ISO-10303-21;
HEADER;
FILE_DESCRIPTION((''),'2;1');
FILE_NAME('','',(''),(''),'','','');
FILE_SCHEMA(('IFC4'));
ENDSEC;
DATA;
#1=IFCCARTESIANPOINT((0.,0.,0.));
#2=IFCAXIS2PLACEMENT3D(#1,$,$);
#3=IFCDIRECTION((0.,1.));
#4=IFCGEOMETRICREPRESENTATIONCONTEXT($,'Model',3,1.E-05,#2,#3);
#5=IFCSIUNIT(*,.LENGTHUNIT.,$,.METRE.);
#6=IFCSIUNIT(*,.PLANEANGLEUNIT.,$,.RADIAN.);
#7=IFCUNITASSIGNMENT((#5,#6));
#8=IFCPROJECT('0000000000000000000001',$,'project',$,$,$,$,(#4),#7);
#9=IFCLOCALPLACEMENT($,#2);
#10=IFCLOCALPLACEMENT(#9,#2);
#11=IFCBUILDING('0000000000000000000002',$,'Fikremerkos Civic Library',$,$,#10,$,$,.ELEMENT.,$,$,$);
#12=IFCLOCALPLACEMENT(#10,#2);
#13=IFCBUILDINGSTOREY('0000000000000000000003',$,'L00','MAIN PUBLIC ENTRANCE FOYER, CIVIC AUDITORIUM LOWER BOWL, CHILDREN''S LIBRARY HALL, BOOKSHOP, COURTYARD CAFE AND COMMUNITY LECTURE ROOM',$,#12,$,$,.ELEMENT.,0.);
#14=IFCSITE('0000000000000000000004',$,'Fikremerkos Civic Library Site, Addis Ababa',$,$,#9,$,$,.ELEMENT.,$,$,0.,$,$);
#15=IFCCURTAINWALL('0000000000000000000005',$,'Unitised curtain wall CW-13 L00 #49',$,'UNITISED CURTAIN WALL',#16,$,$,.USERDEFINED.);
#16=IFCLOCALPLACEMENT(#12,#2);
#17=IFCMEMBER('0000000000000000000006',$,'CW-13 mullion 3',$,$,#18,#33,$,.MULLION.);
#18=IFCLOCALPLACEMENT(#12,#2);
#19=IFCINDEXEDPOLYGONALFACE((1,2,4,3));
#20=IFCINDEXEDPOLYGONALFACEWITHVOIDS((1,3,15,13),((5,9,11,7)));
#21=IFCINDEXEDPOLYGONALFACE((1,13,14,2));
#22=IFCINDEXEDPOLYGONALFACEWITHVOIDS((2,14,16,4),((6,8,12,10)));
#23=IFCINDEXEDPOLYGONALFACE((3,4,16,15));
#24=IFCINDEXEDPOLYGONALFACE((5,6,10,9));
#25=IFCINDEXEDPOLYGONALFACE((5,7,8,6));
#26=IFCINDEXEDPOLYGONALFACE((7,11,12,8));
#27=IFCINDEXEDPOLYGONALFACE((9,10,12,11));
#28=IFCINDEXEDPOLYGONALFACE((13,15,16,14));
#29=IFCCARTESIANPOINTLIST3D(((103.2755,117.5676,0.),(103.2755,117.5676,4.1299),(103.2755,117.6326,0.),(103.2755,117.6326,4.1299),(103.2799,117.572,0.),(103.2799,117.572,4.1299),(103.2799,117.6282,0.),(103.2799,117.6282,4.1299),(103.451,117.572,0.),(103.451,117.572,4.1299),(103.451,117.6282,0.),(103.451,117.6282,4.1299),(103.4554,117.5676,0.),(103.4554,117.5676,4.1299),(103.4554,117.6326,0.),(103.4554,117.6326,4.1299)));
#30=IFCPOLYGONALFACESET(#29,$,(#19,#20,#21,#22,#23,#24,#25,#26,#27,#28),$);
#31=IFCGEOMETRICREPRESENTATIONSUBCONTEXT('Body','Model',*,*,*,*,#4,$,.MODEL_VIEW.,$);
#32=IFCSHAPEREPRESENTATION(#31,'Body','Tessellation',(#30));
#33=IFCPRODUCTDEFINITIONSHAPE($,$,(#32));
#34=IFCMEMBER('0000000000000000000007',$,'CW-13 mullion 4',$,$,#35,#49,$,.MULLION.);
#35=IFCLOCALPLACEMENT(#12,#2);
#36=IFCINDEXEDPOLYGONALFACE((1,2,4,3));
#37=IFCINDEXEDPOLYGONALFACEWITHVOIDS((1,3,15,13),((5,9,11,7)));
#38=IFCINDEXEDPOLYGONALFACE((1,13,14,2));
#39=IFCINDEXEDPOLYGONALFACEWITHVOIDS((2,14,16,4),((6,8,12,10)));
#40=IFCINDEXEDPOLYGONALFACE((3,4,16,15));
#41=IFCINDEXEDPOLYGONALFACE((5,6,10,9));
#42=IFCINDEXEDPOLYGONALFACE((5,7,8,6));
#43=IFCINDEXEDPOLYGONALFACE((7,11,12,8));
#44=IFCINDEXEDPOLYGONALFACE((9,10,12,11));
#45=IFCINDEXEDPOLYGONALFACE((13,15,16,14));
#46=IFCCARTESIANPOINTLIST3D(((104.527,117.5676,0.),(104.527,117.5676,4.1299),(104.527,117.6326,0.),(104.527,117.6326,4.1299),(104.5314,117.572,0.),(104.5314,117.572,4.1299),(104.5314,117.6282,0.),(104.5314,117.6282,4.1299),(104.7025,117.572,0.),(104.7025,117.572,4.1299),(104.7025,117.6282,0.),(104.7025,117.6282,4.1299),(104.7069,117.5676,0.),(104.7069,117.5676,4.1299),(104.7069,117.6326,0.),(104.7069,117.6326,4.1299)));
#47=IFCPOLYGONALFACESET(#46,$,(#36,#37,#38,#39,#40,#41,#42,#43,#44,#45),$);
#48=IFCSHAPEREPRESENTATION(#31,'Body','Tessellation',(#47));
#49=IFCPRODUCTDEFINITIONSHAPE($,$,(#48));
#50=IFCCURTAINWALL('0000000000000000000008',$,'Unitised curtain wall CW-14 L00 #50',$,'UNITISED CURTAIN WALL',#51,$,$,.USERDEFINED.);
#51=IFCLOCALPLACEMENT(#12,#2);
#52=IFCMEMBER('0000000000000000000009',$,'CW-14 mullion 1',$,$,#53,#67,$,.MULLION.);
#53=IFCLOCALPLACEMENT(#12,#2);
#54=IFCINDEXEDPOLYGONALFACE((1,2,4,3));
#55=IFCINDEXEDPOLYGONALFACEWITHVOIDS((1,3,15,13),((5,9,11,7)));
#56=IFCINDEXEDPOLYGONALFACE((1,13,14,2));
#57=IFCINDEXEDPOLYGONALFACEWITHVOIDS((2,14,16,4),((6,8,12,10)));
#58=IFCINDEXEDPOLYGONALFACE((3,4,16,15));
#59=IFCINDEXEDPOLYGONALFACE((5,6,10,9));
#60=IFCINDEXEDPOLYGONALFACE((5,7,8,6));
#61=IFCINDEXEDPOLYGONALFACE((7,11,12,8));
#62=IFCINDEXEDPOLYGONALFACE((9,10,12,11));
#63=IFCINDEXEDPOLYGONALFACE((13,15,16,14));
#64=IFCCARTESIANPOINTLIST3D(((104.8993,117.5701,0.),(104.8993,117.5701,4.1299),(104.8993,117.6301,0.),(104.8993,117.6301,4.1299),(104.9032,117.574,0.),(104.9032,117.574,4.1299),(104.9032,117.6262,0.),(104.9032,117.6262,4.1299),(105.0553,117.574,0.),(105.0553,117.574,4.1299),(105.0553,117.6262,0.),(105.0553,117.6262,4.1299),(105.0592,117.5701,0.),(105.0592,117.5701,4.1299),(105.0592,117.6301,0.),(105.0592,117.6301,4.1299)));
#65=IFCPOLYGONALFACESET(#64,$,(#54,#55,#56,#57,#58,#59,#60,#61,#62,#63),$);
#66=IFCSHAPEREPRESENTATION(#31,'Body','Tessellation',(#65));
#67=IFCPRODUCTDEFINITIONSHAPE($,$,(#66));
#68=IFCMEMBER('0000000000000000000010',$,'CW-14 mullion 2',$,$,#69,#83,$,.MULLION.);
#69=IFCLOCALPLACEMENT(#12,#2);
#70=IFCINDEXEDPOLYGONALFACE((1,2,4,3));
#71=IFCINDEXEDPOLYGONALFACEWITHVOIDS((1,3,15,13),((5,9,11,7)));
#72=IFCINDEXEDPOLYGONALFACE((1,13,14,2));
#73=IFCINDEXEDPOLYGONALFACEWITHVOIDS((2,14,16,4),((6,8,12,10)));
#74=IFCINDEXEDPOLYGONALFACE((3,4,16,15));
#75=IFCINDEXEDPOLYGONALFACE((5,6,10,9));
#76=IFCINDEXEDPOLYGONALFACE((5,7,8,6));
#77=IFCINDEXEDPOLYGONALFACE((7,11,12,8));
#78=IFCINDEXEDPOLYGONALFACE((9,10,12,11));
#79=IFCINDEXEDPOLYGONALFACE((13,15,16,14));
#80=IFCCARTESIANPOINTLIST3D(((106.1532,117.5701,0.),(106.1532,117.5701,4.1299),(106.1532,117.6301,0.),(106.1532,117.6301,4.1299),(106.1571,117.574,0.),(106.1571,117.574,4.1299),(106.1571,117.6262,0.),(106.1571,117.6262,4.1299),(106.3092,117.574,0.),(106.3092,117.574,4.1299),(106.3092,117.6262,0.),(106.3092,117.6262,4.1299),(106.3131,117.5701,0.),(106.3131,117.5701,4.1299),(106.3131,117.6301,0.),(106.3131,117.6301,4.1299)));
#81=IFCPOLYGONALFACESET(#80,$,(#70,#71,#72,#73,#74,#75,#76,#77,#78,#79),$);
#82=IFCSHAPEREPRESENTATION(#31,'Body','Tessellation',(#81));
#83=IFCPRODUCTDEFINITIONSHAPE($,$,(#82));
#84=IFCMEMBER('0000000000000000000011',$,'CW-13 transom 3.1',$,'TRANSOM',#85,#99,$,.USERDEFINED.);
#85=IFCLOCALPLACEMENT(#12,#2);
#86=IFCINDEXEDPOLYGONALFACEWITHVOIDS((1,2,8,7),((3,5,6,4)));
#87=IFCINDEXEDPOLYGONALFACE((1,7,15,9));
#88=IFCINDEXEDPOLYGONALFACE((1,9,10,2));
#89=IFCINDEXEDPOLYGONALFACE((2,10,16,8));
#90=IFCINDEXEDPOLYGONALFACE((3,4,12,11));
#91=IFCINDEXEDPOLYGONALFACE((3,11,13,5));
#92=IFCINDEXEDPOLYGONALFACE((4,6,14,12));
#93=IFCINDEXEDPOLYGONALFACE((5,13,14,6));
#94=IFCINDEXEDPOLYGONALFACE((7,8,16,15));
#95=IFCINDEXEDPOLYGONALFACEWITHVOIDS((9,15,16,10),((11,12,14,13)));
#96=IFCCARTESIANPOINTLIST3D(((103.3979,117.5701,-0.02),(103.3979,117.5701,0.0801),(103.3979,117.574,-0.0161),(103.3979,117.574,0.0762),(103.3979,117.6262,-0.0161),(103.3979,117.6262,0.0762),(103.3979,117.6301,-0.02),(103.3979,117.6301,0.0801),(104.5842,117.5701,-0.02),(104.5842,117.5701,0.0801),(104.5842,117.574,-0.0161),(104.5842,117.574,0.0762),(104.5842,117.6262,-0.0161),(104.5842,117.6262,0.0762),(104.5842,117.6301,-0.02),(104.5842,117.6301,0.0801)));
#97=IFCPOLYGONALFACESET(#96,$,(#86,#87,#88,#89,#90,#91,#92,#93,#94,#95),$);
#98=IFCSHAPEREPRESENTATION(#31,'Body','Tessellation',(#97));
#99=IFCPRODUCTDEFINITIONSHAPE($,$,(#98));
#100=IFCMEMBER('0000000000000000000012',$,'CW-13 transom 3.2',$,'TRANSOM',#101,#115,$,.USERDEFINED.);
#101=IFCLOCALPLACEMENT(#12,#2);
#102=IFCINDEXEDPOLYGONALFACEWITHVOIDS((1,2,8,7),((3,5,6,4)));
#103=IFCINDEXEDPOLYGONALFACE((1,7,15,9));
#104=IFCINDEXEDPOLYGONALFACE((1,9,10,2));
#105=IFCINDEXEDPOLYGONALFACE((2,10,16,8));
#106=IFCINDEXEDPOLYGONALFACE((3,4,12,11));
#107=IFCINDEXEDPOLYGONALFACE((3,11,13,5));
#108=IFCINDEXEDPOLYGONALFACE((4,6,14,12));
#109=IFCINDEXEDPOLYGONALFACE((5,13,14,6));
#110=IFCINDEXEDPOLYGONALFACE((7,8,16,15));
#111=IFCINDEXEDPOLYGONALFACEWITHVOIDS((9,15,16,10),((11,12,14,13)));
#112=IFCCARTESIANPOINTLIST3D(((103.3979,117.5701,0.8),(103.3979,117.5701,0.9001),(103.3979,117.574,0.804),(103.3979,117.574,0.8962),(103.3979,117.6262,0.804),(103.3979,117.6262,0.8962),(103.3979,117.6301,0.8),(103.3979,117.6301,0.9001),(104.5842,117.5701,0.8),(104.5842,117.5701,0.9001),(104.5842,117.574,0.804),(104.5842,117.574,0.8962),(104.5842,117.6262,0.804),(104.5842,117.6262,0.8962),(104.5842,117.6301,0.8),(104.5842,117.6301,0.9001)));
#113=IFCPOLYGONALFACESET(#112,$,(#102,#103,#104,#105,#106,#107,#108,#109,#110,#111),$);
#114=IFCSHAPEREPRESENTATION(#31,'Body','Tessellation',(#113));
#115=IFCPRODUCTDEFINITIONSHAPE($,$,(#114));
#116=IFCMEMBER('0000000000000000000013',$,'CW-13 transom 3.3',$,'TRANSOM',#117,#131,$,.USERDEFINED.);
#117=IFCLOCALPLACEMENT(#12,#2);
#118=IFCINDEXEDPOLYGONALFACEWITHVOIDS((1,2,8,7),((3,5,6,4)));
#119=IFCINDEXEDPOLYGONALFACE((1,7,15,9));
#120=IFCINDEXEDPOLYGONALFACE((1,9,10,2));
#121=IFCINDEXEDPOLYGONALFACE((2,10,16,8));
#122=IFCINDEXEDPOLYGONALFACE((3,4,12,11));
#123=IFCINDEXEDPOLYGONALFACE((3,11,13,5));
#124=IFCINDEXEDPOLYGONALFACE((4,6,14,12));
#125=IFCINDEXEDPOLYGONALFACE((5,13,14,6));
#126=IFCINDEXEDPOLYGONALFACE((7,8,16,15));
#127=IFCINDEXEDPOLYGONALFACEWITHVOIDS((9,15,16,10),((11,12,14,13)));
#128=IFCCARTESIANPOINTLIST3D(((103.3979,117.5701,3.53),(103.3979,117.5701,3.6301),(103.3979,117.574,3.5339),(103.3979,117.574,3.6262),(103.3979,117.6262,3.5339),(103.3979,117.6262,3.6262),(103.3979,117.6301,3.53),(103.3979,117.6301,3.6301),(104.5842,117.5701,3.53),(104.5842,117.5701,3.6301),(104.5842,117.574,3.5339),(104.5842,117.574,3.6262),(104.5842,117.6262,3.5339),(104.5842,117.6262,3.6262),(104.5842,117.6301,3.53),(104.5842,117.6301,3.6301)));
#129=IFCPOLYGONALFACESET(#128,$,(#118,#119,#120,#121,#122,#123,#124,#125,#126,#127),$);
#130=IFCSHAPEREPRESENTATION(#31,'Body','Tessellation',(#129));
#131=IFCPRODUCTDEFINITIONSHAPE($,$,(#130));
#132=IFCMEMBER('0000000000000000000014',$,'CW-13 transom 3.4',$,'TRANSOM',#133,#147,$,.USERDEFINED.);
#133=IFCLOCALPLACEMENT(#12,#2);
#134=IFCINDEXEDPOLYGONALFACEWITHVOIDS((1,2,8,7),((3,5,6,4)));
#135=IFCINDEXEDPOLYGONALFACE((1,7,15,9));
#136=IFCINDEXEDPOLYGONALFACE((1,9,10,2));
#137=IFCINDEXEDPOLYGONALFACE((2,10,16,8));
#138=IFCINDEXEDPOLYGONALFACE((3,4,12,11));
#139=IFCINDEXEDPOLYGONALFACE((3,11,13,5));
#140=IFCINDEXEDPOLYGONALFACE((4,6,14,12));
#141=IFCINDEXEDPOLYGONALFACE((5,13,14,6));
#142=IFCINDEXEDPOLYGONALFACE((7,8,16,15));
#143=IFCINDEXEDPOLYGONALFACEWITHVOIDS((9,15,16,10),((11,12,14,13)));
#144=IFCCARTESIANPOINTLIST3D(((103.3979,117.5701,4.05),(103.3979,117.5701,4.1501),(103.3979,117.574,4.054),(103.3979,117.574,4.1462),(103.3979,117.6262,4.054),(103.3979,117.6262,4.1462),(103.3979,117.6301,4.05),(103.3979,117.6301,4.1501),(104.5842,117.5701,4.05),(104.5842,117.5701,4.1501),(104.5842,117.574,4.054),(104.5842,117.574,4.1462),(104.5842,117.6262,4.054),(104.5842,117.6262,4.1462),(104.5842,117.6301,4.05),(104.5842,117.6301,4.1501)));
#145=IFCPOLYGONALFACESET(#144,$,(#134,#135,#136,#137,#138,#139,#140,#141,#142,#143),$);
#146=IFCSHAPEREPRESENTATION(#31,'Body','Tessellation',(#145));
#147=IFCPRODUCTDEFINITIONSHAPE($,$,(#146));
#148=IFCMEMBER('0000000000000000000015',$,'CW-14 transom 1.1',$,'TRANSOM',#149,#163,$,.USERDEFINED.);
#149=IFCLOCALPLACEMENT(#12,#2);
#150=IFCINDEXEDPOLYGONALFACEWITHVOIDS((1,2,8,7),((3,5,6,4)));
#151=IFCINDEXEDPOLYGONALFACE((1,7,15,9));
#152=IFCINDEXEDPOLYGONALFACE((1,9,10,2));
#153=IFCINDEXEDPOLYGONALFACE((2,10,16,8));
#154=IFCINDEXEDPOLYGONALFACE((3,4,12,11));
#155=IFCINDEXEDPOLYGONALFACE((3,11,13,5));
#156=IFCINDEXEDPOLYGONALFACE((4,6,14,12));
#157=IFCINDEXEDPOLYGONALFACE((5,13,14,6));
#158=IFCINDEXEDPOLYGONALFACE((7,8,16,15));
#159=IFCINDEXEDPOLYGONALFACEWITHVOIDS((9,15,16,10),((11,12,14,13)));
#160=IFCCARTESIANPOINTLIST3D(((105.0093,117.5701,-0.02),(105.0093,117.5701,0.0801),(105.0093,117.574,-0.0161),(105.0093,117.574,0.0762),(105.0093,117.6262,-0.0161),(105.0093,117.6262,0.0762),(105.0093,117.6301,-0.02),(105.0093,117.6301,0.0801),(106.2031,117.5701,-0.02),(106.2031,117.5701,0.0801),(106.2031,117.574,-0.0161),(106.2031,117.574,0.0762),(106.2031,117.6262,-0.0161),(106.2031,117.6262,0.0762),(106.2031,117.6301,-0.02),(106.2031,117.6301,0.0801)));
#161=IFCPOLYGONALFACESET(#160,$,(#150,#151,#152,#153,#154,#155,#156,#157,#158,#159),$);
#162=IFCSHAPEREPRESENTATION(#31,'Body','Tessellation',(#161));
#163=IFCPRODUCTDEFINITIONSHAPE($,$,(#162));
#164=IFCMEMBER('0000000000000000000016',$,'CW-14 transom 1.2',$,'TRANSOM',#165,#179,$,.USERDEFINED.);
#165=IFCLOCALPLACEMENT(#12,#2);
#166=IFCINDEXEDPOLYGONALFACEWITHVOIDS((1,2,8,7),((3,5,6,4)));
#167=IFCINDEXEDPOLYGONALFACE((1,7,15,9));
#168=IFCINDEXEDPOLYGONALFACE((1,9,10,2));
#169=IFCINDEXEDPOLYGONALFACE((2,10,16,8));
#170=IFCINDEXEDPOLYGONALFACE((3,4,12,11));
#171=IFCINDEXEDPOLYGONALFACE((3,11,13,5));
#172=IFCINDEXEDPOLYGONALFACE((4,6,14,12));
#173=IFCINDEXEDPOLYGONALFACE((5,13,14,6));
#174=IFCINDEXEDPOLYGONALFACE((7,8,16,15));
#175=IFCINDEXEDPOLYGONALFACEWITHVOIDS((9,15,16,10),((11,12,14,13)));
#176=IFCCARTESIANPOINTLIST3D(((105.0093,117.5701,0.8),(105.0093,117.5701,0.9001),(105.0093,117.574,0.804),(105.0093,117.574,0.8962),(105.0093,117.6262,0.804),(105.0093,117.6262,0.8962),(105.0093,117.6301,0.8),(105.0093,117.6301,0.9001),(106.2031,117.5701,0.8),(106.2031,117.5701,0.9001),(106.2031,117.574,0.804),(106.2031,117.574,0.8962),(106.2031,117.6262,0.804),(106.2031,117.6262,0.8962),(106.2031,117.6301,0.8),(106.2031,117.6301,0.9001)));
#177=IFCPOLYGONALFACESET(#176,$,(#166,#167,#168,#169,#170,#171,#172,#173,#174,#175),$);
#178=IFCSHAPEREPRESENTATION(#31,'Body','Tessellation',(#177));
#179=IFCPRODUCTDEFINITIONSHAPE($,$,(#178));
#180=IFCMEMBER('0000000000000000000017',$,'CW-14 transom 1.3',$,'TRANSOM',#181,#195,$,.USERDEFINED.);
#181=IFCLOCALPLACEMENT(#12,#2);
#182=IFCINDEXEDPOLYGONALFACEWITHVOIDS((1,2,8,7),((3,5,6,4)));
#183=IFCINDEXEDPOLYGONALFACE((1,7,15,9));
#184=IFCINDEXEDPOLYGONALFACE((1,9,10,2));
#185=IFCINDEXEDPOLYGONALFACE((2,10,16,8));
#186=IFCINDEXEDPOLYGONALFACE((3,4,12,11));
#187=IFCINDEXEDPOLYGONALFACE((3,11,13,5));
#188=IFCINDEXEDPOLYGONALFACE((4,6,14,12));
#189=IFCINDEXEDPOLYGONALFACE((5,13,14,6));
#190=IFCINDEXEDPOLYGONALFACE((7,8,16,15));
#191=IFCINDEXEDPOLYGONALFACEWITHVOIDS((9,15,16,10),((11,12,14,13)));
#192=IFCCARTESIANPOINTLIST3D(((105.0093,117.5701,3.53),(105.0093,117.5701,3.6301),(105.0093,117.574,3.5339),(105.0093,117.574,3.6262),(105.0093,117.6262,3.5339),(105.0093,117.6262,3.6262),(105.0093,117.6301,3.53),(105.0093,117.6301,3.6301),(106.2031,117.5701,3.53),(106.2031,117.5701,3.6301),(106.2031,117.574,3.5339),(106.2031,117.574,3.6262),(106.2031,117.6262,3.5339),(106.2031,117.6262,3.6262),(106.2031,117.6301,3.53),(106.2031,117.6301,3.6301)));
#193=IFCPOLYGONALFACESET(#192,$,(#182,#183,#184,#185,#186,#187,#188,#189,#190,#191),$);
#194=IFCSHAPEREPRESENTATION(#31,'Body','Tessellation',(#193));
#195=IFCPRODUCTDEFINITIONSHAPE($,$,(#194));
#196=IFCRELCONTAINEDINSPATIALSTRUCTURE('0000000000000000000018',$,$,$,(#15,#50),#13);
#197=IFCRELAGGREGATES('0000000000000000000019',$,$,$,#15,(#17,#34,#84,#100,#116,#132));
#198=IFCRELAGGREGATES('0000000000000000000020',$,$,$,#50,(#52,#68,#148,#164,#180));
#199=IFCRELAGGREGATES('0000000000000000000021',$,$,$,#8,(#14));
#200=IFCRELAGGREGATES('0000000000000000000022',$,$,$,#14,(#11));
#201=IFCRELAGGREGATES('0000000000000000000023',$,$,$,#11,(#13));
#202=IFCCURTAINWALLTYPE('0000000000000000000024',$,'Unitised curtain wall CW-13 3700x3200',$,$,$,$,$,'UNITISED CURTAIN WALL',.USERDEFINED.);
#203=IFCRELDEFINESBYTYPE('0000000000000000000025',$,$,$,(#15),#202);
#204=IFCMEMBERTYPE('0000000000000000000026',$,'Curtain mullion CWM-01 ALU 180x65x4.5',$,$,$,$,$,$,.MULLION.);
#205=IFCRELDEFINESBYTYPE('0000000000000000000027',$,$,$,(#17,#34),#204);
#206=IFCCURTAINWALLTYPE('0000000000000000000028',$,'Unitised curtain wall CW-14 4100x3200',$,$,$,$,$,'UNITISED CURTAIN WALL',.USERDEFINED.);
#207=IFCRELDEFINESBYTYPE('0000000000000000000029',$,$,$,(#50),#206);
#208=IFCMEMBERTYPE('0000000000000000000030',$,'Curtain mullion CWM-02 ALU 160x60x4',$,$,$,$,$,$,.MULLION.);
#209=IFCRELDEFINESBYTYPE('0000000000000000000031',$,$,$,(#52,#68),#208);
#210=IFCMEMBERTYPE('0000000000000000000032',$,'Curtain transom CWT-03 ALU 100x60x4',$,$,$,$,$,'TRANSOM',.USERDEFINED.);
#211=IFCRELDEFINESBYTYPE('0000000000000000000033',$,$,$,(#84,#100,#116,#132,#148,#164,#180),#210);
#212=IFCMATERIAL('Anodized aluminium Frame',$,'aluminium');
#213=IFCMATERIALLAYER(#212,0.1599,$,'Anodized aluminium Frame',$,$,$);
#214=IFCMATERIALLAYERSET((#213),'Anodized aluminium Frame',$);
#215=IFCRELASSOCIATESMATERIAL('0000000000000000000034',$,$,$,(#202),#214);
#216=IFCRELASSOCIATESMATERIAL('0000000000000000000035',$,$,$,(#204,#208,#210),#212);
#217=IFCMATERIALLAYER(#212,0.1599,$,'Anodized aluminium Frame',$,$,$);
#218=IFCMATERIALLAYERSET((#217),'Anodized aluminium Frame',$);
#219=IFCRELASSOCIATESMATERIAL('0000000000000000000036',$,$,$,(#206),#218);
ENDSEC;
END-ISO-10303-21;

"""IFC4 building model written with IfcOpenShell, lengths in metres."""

from ifc_helpers import new_model, si_unit, direction, frame, origin, origin_2d, place, context, subcontext, project, spatial, hollow_rectangle, extrude, material, layer, layer_set, material_profile, profile_set, type_object, element, aggregate, save


model = new_model("IFC4")

# Units and contexts
model_context = context("Model", 3, precision=1e-05, world=origin(), true_north=direction((0.0, 1.0)))
body_context = subcontext(model_context, "Body", "Model", "MODEL_VIEW")
ifc_project = project(units=[si_unit("LENGTHUNIT", "METRE"), si_unit("PLANEANGLEUNIT", "RADIAN")], contexts=[model_context])

# Site, building, storey
site_placement = place(None, origin())
site = spatial("IfcSite", under=ifc_project, at=site_placement, Name="Fikremerkos Civic Library Site, Addis Ababa", CompositionType="ELEMENT", RefElevation=0.0)
building_placement = place(site_placement, origin())
building = spatial("IfcBuilding", under=site, at=building_placement, Name="Fikremerkos Civic Library", CompositionType="ELEMENT")
storey_placement = place(building_placement, origin())
storey = spatial("IfcBuildingStorey", under=building, at=storey_placement, Name="L00", Description="MAIN PUBLIC ENTRANCE FOYER, CIVIC AUDITORIUM LOWER BOWL, CHILDREN'S LIBRARY HALL, BOOKSHOP, COURTYARD CAFE AND COMMUNITY LECTURE ROOM", CompositionType="ELEMENT", Elevation=0.0)

# Curtain walls, members
ifc_material_1 = material(Name="Anodized aluminium Frame", Category="aluminium")
ifc_layer_1 = layer(ifc_material_1, 0.1599, Name="Anodized aluminium Frame")
ifc_layer_set_1 = layer_set([ifc_layer_1], Name="Anodized aluminium Frame")
curtain_wall_type_1 = type_object("IfcCurtainWallType", Name="Unitised curtain wall CW-13 3700x3200", ElementType="UNITISED CURTAIN WALL", PredefinedType="USERDEFINED", material=ifc_layer_set_1)
curtain_wall_1_placement = place(storey_placement, origin())
curtain_wall_1 = element("IfcCurtainWall", 1, at=curtain_wall_1_placement, inside=storey, type_object=curtain_wall_type_1, Name="Unitised curtain wall CW-13 L00 #49", ObjectType="UNITISED CURTAIN WALL", PredefinedType="USERDEFINED")
ifc_material_profile_1 = material_profile(ifc_material_1, hollow_rectangle(XDim=0.0649, YDim=0.1799, WallThickness=0.0044, at=origin_2d()), Name="ALU 180x65x4.5")
ifc_profile_set_1 = profile_set([ifc_material_profile_1], Name="Anodized aluminium Frame")
member_type_1 = type_object("IfcMemberType", Name="Curtain mullion CWM-01 ALU 180x65x4.5", PredefinedType="MULLION", material=ifc_profile_set_1)
member_1_placement = place(storey_placement, frame((103.3655, 117.6001, 0.0), z_axis=(0.0, 0.0, 1.0), x_axis=(0.0, 1.0, 0.0)))
member_1 = element("IfcMember", 2, at=member_1_placement, type_object=member_type_1, Name="CW-13 mullion 3", PredefinedType="MULLION", context=body_context, shape_type="SweptSolid", body=[
    extrude(hollow_rectangle(XDim=0.0649, YDim=0.1799, WallThickness=0.0044, at=origin_2d()), origin(), (0.0, 0.0, 1.0), 4.1299),
])
member_2_placement = place(storey_placement, frame((104.6169, 117.6001, 0.0), z_axis=(0.0, 0.0, 1.0), x_axis=(0.0, 1.0, 0.0)))
member_2 = element("IfcMember", 3, at=member_2_placement, type_object=member_type_1, Name="CW-13 mullion 4", PredefinedType="MULLION", context=body_context, shape_type="SweptSolid", body=[
    extrude(hollow_rectangle(XDim=0.0649, YDim=0.1799, WallThickness=0.0044, at=origin_2d()), origin(), (0.0, 0.0, 1.0), 4.1299),
])
ifc_layer_2 = layer(ifc_material_1, 0.1599, Name="Anodized aluminium Frame")
ifc_layer_set_2 = layer_set([ifc_layer_2], Name="Anodized aluminium Frame")
curtain_wall_type_2 = type_object("IfcCurtainWallType", Name="Unitised curtain wall CW-14 4100x3200", ElementType="UNITISED CURTAIN WALL", PredefinedType="USERDEFINED", material=ifc_layer_set_2)
curtain_wall_2_placement = place(storey_placement, origin())
curtain_wall_2 = element("IfcCurtainWall", 4, at=curtain_wall_2_placement, inside=storey, type_object=curtain_wall_type_2, Name="Unitised curtain wall CW-14 L00 #50", ObjectType="UNITISED CURTAIN WALL", PredefinedType="USERDEFINED")
ifc_material_profile_2 = material_profile(ifc_material_1, hollow_rectangle(XDim=0.0601, YDim=0.1599, WallThickness=0.0039, at=origin_2d()), Name="ALU 160x60x4")
ifc_profile_set_2 = profile_set([ifc_material_profile_2], Name="Anodized aluminium Frame")
member_type_2 = type_object("IfcMemberType", Name="Curtain mullion CWM-02 ALU 160x60x4", PredefinedType="MULLION", material=ifc_profile_set_2)
member_3_placement = place(storey_placement, frame((104.9792, 117.6001, 0.0), z_axis=(0.0, 0.0, 1.0), x_axis=(0.0, 1.0, 0.0)))
member_3 = element("IfcMember", 5, at=member_3_placement, type_object=member_type_2, Name="CW-14 mullion 1", PredefinedType="MULLION", context=body_context, shape_type="SweptSolid", body=[
    extrude(hollow_rectangle(XDim=0.0601, YDim=0.1599, WallThickness=0.0039, at=origin_2d()), origin(), (0.0, 0.0, 1.0), 4.1299),
])
member_4_placement = place(storey_placement, frame((106.2332, 117.6001, 0.0), z_axis=(0.0, 0.0, 1.0), x_axis=(0.0, 1.0, 0.0)))
member_4 = element("IfcMember", 6, at=member_4_placement, type_object=member_type_2, Name="CW-14 mullion 2", PredefinedType="MULLION", context=body_context, shape_type="SweptSolid", body=[
    extrude(hollow_rectangle(XDim=0.0601, YDim=0.1599, WallThickness=0.0039, at=origin_2d()), origin(), (0.0, 0.0, 1.0), 4.1299),
])

# Members
ifc_material_profile_3 = material_profile(ifc_material_1, hollow_rectangle(XDim=0.0601, YDim=0.1001, WallThickness=0.0039, at=origin_2d()), Name="ALU 100x60x4")
ifc_profile_set_3 = profile_set([ifc_material_profile_3], Name="Anodized aluminium Frame")
member_type_3 = type_object("IfcMemberType", Name="Curtain transom CWT-03 ALU 100x60x4", ElementType="TRANSOM", PredefinedType="USERDEFINED", material=ifc_profile_set_3)
member_5_placement = place(storey_placement, frame((103.3979, 117.6001, 0.03), z_axis=(1.0, 0.0, 0.0), x_axis=(0.0, 1.0, 0.0)))
member_5 = element("IfcMember", 7, at=member_5_placement, type_object=member_type_3, Name="CW-13 transom 3.1", ObjectType="TRANSOM", PredefinedType="USERDEFINED", context=body_context, shape_type="SweptSolid", body=[
    extrude(hollow_rectangle(XDim=0.0601, YDim=0.1001, WallThickness=0.0039, at=origin_2d()), origin(), (0.0, 0.0, 1.0), 1.1863),
])
member_6_placement = place(storey_placement, frame((103.3979, 117.6001, 0.8501), z_axis=(1.0, 0.0, 0.0), x_axis=(0.0, 1.0, 0.0)))
member_6 = element("IfcMember", 8, at=member_6_placement, type_object=member_type_3, Name="CW-13 transom 3.2", ObjectType="TRANSOM", PredefinedType="USERDEFINED", context=body_context, shape_type="SweptSolid", body=[
    extrude(hollow_rectangle(XDim=0.0601, YDim=0.1001, WallThickness=0.0039, at=origin_2d()), origin(), (0.0, 0.0, 1.0), 1.1863),
])
member_7_placement = place(storey_placement, frame((103.3979, 117.6001, 3.5801), z_axis=(1.0, 0.0, 0.0), x_axis=(0.0, 1.0, 0.0)))
member_7 = element("IfcMember", 9, at=member_7_placement, type_object=member_type_3, Name="CW-13 transom 3.3", ObjectType="TRANSOM", PredefinedType="USERDEFINED", context=body_context, shape_type="SweptSolid", body=[
    extrude(hollow_rectangle(XDim=0.0601, YDim=0.1001, WallThickness=0.0039, at=origin_2d()), origin(), (0.0, 0.0, 1.0), 1.1863),
])
member_8_placement = place(storey_placement, frame((103.3979, 117.6001, 4.1001), z_axis=(1.0, 0.0, 0.0), x_axis=(0.0, 1.0, 0.0)))
member_8 = element("IfcMember", 10, at=member_8_placement, type_object=member_type_3, Name="CW-13 transom 3.4", ObjectType="TRANSOM", PredefinedType="USERDEFINED", context=body_context, shape_type="SweptSolid", body=[
    extrude(hollow_rectangle(XDim=0.0601, YDim=0.1001, WallThickness=0.0039, at=origin_2d()), origin(), (0.0, 0.0, 1.0), 1.1863),
])
member_9_placement = place(storey_placement, frame((105.0093, 117.6001, 0.03), z_axis=(1.0, 0.0, 0.0), x_axis=(0.0, 1.0, 0.0)))
member_9 = element("IfcMember", 11, at=member_9_placement, type_object=member_type_3, Name="CW-14 transom 1.1", ObjectType="TRANSOM", PredefinedType="USERDEFINED", context=body_context, shape_type="SweptSolid", body=[
    extrude(hollow_rectangle(XDim=0.0601, YDim=0.1001, WallThickness=0.0039, at=origin_2d()), origin(), (0.0, 0.0, 1.0), 1.1938),
])
member_10_placement = place(storey_placement, frame((105.0093, 117.6001, 0.8501), z_axis=(1.0, 0.0, 0.0), x_axis=(0.0, 1.0, 0.0)))
member_10 = element("IfcMember", 12, at=member_10_placement, type_object=member_type_3, Name="CW-14 transom 1.2", ObjectType="TRANSOM", PredefinedType="USERDEFINED", context=body_context, shape_type="SweptSolid", body=[
    extrude(hollow_rectangle(XDim=0.0601, YDim=0.1001, WallThickness=0.0039, at=origin_2d()), origin(), (0.0, 0.0, 1.0), 1.1938),
])
member_11_placement = place(storey_placement, frame((105.0093, 117.6001, 3.5801), z_axis=(1.0, 0.0, 0.0), x_axis=(0.0, 1.0, 0.0)))
member_11 = element("IfcMember", 13, at=member_11_placement, type_object=member_type_3, Name="CW-14 transom 1.3", ObjectType="TRANSOM", PredefinedType="USERDEFINED", context=body_context, shape_type="SweptSolid", body=[
    extrude(hollow_rectangle(XDim=0.0601, YDim=0.1001, WallThickness=0.0039, at=origin_2d()), origin(), (0.0, 0.0, 1.0), 1.1938),
])

aggregate(curtain_wall_1, [member_1, member_2, member_5, member_6, member_7, member_8])
aggregate(curtain_wall_2, [member_3, member_4, member_9, member_10, member_11])

save(model, "model.ifc")
